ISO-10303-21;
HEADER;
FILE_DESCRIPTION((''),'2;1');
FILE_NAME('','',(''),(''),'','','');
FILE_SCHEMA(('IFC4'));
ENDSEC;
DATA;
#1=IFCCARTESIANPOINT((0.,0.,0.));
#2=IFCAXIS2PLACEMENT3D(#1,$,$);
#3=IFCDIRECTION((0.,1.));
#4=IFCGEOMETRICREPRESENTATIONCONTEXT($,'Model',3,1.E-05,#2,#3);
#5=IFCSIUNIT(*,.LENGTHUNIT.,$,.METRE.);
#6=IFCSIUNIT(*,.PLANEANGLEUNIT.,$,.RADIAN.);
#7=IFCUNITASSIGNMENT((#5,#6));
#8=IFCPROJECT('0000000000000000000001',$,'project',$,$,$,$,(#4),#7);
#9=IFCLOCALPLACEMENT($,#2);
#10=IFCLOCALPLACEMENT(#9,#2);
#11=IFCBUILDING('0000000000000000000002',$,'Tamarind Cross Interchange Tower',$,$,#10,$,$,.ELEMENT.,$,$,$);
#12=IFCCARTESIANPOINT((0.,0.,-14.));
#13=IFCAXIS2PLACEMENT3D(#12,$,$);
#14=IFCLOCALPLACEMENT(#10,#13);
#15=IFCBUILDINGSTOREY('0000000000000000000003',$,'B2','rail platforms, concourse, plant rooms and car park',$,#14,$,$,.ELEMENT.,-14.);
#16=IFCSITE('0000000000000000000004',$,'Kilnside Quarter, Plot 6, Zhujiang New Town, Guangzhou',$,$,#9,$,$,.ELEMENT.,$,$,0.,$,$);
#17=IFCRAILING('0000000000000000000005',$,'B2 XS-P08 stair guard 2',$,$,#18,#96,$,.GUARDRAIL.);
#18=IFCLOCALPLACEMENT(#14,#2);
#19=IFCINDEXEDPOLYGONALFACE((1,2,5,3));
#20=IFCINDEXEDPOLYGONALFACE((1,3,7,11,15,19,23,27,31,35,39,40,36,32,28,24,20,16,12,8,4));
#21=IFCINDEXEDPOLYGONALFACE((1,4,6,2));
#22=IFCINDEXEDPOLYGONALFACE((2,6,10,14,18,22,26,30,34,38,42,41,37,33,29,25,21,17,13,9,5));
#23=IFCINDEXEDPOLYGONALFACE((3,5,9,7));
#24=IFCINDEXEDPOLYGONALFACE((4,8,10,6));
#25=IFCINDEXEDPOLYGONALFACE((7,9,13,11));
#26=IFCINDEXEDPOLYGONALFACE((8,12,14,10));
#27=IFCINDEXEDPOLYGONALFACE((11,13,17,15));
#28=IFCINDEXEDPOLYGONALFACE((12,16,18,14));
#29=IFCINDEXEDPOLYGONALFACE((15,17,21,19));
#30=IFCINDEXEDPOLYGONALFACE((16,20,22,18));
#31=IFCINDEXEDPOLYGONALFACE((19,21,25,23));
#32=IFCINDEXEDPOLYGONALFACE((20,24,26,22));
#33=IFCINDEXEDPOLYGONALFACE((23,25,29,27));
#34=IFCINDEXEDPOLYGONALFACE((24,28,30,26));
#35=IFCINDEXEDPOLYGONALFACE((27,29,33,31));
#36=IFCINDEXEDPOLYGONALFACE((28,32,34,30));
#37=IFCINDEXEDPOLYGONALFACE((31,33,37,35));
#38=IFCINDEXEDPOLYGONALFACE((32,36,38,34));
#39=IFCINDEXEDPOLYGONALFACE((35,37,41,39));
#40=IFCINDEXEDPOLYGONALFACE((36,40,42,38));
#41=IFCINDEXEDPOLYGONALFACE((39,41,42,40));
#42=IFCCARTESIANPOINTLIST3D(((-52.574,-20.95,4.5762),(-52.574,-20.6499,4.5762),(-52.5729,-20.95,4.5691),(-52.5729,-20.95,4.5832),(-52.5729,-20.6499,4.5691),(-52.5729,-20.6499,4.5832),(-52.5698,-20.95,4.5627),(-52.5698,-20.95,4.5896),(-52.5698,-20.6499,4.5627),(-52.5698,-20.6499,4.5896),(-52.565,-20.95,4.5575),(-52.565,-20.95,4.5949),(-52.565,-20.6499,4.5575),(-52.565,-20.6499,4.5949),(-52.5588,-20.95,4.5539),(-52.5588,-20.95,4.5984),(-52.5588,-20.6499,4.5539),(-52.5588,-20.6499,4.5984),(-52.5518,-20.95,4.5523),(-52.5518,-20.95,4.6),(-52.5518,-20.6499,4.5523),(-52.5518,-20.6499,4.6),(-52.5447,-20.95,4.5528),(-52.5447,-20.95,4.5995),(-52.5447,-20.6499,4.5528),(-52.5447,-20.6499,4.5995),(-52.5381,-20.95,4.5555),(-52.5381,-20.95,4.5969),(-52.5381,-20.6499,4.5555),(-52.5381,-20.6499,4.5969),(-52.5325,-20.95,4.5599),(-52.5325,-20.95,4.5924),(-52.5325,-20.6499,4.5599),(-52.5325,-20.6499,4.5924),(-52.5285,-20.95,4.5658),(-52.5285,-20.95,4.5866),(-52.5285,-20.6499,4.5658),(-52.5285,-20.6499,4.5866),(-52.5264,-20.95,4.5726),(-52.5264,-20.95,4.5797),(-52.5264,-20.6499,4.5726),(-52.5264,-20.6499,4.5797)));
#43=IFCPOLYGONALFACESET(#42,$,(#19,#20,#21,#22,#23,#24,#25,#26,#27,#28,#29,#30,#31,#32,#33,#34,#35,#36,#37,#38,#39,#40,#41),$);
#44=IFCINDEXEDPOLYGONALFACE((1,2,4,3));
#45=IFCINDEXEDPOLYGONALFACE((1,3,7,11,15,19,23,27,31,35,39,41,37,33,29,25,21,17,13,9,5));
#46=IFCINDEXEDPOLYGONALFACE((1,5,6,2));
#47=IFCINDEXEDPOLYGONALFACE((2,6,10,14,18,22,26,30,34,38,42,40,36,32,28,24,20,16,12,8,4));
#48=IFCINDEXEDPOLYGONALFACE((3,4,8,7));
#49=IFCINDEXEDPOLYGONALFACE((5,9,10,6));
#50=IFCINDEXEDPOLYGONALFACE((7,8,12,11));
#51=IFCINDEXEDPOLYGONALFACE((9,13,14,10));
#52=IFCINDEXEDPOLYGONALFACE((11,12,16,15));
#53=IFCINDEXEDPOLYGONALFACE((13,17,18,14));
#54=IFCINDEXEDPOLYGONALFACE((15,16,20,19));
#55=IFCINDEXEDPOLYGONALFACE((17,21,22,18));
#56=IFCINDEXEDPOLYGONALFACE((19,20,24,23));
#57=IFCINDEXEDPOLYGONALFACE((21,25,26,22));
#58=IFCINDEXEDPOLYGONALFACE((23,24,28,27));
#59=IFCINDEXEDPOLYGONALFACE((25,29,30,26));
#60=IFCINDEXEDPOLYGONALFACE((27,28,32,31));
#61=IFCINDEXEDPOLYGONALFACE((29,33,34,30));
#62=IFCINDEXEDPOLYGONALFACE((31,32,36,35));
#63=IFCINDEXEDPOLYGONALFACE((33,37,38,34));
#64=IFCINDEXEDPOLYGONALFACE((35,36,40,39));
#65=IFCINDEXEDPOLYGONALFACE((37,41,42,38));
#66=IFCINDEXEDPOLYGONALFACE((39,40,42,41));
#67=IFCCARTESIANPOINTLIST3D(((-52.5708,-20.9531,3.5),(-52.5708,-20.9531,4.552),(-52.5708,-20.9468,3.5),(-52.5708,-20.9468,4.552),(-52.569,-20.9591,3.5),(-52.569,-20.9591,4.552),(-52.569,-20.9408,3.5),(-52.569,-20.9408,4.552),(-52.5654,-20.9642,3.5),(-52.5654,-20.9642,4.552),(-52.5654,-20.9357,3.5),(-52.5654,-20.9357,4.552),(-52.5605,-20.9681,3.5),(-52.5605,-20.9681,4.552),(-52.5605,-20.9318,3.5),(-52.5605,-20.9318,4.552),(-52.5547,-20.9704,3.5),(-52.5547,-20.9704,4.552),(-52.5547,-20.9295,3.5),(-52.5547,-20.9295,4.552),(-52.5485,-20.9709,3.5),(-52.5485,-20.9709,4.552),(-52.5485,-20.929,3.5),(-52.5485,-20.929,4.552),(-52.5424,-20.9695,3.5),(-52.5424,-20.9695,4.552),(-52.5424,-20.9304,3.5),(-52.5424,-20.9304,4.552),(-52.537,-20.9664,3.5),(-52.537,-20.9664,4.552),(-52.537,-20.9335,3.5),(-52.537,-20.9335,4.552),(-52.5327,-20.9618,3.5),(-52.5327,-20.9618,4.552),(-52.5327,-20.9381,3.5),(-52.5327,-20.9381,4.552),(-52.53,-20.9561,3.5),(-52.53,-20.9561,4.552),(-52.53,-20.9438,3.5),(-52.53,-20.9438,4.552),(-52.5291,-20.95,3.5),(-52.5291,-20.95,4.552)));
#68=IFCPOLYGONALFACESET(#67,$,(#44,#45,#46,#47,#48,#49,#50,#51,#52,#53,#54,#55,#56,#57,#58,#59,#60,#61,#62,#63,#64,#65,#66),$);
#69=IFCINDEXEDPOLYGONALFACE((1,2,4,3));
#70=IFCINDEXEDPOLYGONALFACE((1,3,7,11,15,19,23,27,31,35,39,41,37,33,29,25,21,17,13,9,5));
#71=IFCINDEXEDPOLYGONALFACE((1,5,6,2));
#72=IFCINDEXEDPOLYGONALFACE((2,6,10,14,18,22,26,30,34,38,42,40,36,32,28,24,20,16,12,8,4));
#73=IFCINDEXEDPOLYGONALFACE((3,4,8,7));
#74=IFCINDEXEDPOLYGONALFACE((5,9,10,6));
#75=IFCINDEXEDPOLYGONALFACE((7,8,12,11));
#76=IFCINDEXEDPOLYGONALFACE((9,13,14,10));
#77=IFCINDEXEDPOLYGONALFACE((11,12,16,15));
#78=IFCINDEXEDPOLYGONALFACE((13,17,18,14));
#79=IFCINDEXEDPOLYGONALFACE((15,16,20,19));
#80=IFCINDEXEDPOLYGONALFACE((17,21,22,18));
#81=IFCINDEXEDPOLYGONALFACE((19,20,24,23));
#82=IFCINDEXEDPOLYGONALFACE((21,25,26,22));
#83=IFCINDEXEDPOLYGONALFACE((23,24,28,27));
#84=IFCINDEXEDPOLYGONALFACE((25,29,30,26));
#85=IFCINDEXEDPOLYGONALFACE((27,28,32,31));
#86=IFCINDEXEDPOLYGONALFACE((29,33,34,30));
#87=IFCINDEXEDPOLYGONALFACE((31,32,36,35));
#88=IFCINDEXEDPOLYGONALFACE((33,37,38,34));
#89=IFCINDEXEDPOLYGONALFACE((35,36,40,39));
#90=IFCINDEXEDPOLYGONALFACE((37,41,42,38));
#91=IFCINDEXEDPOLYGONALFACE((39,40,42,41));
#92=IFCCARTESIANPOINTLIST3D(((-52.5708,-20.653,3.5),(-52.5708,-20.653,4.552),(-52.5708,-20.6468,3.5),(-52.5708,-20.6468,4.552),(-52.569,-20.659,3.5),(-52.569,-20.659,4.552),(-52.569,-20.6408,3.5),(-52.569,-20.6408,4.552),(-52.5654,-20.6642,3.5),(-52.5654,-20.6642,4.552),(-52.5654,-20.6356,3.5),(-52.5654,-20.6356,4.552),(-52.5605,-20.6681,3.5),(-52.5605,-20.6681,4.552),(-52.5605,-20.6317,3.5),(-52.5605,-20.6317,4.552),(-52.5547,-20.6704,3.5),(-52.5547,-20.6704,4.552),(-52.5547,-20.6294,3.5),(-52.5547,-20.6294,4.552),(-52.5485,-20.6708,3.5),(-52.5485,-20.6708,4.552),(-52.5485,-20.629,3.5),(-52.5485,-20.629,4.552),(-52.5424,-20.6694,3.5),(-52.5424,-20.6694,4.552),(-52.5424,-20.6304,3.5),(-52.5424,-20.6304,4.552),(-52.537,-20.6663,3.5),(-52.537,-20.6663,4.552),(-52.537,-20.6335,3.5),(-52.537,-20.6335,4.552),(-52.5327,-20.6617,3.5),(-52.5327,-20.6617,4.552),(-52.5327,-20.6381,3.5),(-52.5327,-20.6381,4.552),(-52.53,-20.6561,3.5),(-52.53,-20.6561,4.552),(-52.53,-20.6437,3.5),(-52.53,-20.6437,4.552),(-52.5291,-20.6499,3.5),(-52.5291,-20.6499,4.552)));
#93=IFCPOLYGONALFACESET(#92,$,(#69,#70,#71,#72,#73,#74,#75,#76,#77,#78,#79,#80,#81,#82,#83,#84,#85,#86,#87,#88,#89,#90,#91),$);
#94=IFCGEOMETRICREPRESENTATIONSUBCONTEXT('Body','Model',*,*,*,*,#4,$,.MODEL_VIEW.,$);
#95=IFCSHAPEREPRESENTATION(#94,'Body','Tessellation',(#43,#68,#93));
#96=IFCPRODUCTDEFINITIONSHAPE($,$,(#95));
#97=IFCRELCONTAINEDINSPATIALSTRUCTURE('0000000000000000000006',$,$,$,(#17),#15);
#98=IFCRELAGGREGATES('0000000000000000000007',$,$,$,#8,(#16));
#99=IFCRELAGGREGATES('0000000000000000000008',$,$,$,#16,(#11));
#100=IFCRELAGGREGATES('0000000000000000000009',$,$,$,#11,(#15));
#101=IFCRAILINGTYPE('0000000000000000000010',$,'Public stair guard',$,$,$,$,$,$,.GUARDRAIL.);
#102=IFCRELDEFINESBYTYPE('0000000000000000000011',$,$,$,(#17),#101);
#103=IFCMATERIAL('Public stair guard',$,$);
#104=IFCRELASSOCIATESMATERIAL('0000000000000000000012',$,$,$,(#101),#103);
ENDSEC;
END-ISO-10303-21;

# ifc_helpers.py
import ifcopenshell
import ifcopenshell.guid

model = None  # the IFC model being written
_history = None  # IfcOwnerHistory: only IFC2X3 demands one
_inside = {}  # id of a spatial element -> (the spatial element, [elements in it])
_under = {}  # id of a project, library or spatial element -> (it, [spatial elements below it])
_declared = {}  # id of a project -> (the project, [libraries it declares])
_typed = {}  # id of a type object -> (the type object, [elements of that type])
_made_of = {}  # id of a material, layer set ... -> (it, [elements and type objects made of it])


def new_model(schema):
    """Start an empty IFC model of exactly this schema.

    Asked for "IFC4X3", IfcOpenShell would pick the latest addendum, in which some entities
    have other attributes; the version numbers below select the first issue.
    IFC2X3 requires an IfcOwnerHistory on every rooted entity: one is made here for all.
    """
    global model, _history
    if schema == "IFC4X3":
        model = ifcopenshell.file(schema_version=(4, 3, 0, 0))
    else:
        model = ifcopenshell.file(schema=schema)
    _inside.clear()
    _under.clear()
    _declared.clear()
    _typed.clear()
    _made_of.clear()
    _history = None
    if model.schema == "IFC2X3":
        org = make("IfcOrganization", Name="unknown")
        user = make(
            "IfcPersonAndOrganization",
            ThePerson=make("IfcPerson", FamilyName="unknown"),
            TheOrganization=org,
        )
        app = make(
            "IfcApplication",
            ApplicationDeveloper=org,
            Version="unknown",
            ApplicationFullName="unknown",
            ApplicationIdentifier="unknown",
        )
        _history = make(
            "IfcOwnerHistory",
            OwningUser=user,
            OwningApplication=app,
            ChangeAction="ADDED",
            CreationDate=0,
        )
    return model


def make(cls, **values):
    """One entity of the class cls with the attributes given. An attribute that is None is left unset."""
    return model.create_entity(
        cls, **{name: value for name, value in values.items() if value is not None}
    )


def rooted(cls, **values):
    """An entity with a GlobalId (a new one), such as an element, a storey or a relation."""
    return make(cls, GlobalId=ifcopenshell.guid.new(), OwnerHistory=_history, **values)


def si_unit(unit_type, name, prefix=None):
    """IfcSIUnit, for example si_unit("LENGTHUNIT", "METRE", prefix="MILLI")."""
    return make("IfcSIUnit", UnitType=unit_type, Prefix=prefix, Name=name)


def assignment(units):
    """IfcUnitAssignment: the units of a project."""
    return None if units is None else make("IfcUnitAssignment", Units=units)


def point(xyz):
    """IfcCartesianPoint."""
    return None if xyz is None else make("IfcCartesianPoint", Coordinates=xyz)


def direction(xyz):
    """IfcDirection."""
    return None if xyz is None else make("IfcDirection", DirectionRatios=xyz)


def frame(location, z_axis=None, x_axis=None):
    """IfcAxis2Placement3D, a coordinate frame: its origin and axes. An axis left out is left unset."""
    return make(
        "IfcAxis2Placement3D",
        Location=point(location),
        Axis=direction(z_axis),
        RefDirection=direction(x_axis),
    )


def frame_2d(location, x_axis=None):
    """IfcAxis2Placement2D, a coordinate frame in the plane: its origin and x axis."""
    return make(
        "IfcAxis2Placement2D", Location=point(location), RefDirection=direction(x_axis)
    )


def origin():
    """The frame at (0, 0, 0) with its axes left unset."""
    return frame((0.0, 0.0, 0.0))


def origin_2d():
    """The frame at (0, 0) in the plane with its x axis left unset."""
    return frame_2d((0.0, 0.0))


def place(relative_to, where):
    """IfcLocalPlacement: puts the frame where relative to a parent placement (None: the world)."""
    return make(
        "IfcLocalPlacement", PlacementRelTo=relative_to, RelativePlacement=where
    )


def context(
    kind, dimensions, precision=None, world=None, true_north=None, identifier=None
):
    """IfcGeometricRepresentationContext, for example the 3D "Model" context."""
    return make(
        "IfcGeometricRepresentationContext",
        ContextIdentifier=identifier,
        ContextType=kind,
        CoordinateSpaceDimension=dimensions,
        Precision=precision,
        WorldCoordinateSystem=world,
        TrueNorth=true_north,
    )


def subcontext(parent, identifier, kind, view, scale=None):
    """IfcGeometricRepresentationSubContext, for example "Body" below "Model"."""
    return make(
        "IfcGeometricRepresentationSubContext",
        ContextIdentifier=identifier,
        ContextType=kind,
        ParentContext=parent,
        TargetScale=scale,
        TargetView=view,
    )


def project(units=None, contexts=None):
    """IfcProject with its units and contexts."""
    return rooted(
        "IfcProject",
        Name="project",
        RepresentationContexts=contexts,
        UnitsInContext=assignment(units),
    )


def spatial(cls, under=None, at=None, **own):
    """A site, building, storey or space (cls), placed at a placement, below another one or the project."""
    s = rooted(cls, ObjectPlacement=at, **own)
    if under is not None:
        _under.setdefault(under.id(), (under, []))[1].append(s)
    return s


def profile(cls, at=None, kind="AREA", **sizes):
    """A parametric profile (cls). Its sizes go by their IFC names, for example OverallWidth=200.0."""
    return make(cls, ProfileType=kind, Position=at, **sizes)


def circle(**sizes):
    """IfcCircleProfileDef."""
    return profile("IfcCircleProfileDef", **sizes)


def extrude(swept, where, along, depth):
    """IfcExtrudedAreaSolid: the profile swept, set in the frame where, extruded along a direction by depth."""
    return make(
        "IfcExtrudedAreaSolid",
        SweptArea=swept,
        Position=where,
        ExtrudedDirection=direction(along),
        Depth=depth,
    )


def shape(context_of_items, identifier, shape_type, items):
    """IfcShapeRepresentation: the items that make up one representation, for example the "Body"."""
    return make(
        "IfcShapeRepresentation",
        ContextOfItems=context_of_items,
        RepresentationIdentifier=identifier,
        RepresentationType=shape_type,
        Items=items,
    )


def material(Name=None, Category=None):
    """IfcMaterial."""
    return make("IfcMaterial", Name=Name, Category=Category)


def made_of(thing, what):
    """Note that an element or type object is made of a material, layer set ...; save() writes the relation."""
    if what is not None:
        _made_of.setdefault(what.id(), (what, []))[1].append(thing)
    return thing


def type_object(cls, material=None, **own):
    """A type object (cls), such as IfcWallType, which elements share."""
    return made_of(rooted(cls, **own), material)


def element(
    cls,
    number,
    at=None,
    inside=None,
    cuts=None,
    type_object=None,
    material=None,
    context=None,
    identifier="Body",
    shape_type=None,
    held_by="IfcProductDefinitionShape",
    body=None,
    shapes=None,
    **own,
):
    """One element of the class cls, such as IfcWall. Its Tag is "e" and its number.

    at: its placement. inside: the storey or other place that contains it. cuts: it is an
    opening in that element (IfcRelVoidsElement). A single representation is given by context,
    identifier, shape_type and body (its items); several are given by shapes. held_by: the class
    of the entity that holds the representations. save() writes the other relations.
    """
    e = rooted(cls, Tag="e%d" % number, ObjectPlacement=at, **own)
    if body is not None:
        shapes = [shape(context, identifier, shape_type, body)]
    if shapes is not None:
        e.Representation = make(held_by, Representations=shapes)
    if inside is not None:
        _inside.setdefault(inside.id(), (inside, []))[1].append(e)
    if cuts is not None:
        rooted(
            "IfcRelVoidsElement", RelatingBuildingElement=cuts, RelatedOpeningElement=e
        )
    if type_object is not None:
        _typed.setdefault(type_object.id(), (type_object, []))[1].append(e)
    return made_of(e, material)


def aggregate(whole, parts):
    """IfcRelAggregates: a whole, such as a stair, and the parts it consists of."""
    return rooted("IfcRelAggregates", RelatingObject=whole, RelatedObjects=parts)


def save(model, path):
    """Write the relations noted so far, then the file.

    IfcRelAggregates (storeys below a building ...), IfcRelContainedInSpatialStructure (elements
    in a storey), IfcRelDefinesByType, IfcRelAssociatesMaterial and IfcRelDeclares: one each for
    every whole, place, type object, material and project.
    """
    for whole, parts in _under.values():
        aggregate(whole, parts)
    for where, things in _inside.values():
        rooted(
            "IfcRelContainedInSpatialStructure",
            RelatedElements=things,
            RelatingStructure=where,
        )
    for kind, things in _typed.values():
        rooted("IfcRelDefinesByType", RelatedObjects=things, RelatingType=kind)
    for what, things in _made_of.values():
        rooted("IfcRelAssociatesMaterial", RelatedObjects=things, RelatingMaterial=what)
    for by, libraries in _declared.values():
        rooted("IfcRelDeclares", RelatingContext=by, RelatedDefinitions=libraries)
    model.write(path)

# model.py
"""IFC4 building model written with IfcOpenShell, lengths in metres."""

from ifc_helpers import new_model, si_unit, direction, frame, origin, origin_2d, place, context, subcontext, project, spatial, circle, extrude, material, type_object, element, save


model = new_model("IFC4")

# Units and contexts
model_context = context("Model", 3, precision=1e-05, world=origin(), true_north=direction((0.0, 1.0)))
body_context = subcontext(model_context, "Body", "Model", "MODEL_VIEW")
ifc_project = project(units=[si_unit("LENGTHUNIT", "METRE"), si_unit("PLANEANGLEUNIT", "RADIAN")], contexts=[model_context])

# Site, building, storey
site_placement = place(None, origin())
site = spatial("IfcSite", under=ifc_project, at=site_placement, Name="Kilnside Quarter, Plot 6, Zhujiang New Town, Guangzhou", CompositionType="ELEMENT", RefElevation=0.0)
building_placement = place(site_placement, origin())
building = spatial("IfcBuilding", under=site, at=building_placement, Name="Tamarind Cross Interchange Tower", CompositionType="ELEMENT")
storey_placement = place(building_placement, frame((0.0, 0.0, -14.0)))
storey = spatial("IfcBuildingStorey", under=building, at=storey_placement, Name="B2", Description="rail platforms, concourse, plant rooms and car park", CompositionType="ELEMENT", Elevation=-14.0)

# Railing
ifc_material_1 = material(Name="Public stair guard")
railing_type_1 = type_object("IfcRailingType", Name="Public stair guard", PredefinedType="GUARDRAIL", material=ifc_material_1)
railing_1_placement = place(storey_placement, frame((-52.55, -20.95, 3.5)))
element("IfcRailing", 1, at=railing_1_placement, inside=storey, type_object=railing_type_1, Name="B2 XS-P08 stair guard 2", PredefinedType="GUARDRAIL", context=body_context, shape_type="SweptSolid", body=[
    extrude(circle(Radius=0.0239, at=origin_2d()), frame((0.0, 0.0, 1.0762), z_axis=(0.0, 1.0, 0.0), x_axis=(-1.0, 0.0, 0.0)), (0.0, 0.0, 1.0), 0.3),
    extrude(circle(Radius=0.021, at=origin_2d()), origin(), (0.0, 0.0, 1.0), 1.052),
    extrude(circle(Radius=0.021, at=origin_2d()), frame((0.0, 0.3, 0.0)), (0.0, 0.0, 1.0), 1.052),
])

save(model, "model.ifc")
